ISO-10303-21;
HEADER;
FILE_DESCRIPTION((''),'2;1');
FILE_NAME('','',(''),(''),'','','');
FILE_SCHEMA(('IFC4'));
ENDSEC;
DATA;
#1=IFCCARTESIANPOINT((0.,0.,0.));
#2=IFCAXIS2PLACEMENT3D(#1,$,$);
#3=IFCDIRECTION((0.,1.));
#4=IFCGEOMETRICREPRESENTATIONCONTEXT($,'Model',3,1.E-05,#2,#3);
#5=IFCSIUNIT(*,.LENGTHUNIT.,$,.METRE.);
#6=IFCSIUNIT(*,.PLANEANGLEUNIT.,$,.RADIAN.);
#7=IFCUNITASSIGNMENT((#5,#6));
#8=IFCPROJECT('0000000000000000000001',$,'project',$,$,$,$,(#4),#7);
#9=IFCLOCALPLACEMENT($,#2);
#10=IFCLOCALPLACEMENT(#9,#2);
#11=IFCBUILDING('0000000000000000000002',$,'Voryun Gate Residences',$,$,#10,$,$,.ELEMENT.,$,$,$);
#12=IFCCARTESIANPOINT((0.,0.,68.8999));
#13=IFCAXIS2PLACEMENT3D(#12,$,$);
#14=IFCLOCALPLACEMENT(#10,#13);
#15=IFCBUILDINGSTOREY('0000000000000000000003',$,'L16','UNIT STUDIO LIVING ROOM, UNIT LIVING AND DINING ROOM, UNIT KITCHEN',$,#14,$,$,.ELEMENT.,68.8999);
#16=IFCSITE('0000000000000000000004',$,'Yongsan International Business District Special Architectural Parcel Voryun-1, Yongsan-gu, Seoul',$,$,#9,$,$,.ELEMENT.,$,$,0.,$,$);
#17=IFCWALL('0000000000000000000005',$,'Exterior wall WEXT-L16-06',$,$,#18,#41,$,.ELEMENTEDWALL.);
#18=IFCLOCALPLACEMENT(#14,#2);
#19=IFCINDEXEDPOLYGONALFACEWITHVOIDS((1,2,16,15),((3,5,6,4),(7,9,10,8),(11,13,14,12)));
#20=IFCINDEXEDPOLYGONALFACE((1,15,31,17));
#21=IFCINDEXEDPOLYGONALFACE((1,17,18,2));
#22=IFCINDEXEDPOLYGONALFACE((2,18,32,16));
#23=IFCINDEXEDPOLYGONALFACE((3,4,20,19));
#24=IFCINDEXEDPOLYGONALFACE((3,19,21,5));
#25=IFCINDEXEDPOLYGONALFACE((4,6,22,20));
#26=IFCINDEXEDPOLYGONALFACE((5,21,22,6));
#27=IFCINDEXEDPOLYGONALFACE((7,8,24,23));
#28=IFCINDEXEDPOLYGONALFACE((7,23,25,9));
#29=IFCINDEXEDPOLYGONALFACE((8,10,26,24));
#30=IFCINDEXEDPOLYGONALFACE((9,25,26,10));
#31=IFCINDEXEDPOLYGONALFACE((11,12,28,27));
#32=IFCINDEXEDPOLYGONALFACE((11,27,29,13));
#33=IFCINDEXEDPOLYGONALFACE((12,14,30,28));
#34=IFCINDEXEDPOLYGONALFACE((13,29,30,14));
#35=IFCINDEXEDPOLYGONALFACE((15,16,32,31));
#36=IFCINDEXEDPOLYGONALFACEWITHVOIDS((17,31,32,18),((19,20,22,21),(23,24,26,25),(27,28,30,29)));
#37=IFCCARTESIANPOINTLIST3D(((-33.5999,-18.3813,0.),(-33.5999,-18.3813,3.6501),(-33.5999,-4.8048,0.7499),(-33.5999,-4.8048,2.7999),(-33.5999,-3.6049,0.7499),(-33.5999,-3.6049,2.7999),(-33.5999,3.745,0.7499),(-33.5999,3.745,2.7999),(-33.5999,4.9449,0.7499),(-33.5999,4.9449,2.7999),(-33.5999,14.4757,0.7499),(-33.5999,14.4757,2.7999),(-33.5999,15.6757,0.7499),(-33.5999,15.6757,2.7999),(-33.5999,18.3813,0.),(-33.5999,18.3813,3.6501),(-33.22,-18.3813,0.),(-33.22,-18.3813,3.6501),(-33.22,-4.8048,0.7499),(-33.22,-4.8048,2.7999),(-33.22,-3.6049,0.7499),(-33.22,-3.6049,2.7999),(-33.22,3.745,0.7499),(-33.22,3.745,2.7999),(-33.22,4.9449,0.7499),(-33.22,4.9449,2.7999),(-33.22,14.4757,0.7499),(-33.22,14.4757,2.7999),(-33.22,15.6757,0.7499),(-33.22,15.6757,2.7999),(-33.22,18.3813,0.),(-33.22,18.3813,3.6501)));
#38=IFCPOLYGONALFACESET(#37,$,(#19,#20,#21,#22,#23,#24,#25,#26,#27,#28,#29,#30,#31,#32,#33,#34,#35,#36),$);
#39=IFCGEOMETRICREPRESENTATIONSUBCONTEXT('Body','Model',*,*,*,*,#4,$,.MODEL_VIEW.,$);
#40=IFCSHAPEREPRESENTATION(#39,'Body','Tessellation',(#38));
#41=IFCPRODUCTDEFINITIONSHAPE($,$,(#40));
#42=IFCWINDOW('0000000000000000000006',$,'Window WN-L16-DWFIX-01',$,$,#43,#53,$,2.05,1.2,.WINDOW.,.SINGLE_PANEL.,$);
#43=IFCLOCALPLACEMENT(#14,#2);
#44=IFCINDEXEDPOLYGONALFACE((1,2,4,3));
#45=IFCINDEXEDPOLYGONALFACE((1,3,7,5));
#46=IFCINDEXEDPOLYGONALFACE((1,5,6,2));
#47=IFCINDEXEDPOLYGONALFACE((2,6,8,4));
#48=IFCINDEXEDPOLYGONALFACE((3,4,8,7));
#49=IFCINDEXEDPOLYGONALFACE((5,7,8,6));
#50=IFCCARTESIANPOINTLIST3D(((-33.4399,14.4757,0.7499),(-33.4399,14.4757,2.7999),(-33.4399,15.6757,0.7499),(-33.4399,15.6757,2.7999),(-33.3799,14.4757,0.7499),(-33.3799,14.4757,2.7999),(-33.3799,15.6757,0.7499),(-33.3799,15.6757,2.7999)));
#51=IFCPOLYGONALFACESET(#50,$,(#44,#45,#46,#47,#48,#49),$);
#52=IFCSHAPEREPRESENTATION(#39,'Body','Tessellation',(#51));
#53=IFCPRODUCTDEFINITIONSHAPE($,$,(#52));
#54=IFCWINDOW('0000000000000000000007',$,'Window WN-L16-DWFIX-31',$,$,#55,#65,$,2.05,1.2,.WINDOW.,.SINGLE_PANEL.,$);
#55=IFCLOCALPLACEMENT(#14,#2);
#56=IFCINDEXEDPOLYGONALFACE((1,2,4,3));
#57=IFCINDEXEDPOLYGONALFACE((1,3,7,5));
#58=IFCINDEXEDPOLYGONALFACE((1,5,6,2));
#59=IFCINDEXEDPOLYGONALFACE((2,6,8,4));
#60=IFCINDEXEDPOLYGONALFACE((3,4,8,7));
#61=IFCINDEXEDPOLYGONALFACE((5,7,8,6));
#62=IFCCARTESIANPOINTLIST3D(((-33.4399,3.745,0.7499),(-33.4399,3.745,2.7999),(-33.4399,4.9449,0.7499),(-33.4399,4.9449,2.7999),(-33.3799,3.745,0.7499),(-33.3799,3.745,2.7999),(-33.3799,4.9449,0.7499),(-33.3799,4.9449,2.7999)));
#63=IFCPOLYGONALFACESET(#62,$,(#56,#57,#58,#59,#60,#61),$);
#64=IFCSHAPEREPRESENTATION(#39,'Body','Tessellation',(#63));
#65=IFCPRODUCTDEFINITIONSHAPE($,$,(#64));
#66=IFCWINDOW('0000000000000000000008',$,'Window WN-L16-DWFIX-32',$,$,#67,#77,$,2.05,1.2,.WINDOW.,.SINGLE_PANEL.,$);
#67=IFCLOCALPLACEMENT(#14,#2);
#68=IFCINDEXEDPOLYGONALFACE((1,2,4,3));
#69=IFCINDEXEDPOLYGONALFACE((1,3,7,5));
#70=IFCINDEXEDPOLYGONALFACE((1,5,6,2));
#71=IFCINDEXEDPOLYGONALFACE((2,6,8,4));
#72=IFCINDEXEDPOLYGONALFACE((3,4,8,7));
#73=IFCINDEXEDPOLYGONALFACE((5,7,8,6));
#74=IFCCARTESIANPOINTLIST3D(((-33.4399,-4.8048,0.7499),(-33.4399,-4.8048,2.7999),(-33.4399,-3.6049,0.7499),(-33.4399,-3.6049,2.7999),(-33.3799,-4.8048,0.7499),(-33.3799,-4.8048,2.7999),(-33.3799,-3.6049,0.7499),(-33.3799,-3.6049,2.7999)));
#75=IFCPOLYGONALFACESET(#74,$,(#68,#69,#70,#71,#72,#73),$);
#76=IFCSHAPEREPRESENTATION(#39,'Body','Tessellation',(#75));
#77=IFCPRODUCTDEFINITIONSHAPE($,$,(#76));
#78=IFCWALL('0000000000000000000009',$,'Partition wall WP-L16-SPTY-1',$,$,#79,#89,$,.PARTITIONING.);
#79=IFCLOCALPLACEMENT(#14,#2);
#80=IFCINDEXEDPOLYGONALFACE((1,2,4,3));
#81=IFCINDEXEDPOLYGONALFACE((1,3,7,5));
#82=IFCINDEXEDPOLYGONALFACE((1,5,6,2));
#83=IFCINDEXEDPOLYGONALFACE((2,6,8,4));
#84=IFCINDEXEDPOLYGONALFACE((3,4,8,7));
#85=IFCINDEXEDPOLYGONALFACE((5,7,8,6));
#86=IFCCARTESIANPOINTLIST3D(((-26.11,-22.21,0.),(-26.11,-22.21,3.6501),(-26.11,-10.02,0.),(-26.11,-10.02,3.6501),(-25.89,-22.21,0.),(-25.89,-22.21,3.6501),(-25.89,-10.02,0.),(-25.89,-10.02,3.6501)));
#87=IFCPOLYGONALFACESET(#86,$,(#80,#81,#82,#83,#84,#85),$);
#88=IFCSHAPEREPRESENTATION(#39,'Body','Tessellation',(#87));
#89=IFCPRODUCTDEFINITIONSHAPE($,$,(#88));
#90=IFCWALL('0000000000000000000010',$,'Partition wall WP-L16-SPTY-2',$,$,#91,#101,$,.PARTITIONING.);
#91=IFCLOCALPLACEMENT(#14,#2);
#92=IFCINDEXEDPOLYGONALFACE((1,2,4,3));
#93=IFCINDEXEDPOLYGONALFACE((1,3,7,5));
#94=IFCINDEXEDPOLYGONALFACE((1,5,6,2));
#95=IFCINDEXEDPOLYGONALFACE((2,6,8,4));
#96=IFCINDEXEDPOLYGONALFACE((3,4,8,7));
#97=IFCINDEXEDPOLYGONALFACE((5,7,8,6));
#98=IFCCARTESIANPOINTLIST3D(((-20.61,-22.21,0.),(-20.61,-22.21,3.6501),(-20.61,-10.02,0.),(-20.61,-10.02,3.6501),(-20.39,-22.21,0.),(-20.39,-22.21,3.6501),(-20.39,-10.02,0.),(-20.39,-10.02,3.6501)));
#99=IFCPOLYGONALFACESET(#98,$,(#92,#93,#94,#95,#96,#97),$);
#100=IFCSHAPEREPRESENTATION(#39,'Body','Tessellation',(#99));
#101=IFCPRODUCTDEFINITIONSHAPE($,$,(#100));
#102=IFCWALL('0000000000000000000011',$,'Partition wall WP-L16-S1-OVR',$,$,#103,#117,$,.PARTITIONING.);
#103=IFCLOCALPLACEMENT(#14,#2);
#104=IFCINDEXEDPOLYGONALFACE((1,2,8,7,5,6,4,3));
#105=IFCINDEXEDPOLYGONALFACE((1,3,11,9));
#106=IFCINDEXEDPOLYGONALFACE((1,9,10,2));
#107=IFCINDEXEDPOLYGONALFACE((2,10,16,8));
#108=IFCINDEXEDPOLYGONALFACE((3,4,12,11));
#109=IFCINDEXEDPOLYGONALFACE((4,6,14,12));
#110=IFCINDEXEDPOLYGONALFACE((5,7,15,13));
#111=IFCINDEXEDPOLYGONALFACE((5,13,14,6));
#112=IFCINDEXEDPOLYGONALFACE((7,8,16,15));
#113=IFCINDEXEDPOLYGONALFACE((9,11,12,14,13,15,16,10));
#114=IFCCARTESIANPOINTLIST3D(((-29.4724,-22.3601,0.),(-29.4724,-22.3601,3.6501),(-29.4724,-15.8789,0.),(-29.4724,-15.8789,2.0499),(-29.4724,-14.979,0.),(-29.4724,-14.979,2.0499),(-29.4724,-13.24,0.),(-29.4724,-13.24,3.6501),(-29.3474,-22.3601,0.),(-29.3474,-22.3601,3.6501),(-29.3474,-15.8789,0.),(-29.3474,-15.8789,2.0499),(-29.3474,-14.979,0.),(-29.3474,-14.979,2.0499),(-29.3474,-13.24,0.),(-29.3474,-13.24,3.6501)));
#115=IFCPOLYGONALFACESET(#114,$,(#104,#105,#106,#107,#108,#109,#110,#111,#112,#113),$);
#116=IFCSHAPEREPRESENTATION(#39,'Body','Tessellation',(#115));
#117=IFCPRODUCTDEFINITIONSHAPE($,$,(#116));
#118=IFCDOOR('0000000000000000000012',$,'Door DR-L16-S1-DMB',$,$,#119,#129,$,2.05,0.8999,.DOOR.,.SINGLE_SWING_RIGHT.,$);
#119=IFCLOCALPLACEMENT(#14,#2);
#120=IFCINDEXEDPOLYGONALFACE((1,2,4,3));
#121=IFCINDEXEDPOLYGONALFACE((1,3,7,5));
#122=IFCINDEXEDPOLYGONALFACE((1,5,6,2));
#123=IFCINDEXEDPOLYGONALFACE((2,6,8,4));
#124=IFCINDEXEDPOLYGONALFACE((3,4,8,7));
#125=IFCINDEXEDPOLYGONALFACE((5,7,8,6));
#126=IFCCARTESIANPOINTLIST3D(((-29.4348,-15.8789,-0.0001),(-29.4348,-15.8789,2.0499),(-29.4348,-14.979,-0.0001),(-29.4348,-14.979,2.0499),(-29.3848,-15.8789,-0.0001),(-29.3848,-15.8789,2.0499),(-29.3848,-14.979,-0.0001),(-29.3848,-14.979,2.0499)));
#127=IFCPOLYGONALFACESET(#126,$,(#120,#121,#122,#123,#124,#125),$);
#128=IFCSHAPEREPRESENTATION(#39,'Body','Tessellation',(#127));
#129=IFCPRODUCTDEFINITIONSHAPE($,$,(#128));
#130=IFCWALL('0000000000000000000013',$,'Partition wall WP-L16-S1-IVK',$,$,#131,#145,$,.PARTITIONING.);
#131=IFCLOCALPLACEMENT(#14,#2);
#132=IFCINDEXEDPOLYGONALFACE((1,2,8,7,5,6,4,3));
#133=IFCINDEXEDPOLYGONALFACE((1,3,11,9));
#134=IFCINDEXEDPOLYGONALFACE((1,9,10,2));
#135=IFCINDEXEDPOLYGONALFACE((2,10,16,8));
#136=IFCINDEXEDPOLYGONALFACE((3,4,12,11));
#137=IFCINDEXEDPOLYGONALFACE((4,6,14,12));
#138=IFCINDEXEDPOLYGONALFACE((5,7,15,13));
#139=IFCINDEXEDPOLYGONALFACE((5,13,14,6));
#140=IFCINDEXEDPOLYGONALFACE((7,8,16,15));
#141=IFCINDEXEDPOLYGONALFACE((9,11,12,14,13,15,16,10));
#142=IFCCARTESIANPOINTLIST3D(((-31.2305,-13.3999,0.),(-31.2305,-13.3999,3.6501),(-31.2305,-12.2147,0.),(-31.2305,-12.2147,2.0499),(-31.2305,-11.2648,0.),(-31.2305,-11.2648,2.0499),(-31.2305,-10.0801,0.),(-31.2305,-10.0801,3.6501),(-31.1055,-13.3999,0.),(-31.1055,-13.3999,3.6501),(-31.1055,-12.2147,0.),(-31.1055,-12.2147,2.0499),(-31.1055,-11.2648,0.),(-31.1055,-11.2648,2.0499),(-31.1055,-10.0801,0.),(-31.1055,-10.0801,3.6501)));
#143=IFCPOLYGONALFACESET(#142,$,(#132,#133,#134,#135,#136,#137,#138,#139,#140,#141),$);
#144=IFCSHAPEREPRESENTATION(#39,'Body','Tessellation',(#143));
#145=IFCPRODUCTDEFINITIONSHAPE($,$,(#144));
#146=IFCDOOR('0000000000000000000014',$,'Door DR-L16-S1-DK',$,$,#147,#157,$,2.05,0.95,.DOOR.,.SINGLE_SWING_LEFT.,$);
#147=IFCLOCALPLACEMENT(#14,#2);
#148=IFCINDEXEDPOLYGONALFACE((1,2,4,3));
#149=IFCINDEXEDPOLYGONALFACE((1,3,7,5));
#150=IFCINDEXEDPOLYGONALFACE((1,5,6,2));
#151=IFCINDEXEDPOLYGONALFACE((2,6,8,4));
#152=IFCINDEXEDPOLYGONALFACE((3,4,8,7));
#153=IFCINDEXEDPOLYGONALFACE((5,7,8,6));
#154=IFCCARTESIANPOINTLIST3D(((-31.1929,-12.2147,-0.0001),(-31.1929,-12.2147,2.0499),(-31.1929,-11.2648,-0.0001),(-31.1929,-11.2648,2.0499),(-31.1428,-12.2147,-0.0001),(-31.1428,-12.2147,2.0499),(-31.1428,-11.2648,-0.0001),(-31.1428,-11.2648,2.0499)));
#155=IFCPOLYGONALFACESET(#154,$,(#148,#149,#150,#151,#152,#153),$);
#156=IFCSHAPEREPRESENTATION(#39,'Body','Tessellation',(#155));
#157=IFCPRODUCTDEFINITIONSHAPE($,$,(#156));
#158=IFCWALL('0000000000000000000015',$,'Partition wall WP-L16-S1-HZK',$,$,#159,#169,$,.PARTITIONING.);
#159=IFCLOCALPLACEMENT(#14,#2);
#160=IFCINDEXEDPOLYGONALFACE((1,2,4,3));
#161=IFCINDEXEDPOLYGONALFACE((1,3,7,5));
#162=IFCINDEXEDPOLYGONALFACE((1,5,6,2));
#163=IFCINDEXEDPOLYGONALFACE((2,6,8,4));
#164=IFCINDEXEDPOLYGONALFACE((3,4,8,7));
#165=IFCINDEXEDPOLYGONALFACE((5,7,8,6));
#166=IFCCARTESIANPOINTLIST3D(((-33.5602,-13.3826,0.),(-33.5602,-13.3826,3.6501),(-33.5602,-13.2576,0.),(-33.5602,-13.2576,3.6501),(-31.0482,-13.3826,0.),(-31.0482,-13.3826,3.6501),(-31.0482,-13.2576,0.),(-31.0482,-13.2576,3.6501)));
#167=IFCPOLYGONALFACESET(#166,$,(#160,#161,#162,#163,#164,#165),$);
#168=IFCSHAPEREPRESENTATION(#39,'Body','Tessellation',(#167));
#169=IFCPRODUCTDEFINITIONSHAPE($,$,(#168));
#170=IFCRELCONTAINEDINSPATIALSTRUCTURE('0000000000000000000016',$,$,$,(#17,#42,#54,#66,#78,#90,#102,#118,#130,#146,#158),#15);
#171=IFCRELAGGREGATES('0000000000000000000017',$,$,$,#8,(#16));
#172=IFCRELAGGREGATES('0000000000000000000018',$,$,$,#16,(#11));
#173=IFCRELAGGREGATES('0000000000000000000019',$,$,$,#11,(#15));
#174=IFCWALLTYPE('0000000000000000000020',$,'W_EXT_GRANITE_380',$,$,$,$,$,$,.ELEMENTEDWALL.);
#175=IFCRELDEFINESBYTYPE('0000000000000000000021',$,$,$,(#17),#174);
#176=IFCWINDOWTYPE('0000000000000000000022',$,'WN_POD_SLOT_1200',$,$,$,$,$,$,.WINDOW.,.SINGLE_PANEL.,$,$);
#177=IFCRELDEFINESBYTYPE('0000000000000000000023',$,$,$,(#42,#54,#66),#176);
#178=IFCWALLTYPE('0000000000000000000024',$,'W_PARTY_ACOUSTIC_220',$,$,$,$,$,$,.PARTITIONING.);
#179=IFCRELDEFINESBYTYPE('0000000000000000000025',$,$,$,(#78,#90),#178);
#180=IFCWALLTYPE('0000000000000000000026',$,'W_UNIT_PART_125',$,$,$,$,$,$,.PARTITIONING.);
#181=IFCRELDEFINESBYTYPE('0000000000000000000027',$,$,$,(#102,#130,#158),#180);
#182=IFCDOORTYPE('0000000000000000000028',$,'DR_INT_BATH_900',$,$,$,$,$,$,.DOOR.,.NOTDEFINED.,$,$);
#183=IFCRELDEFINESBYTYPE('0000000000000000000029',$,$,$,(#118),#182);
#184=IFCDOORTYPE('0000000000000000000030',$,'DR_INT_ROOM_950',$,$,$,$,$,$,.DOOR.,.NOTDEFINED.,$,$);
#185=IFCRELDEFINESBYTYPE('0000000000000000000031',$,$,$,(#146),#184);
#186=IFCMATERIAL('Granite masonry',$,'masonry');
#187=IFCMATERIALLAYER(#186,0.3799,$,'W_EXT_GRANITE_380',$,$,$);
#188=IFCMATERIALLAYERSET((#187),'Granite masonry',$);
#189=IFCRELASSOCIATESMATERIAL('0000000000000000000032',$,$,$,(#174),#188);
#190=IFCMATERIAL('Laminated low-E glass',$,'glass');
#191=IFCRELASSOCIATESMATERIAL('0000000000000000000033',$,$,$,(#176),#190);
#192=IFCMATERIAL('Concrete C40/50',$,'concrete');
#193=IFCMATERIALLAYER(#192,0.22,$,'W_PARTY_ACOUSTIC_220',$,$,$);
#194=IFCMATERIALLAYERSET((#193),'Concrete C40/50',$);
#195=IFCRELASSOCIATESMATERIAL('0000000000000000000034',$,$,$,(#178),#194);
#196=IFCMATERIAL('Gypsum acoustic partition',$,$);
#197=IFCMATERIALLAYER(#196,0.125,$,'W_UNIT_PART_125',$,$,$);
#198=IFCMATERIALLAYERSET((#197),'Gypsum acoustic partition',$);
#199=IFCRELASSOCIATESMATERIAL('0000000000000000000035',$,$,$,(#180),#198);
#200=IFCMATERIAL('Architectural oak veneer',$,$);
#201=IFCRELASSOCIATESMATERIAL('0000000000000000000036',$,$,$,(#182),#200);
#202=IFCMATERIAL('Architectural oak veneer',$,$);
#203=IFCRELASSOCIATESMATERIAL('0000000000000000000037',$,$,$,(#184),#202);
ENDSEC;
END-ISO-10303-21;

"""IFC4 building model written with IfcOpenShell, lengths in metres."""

from ifc_helpers import new_model, si_unit, direction, frame, frame_2d, origin, place, context, subcontext, project, spatial, rectangle, extrude, material, layer, layer_set, type_object, element, fill, save


model = new_model("IFC4")

# Units and contexts
model_context = context("Model", 3, precision=1e-05, world=origin(), true_north=direction((0.0, 1.0)))
body_context = subcontext(model_context, "Body", "Model", "MODEL_VIEW")
ifc_project = project(units=[si_unit("LENGTHUNIT", "METRE"), si_unit("PLANEANGLEUNIT", "RADIAN")], contexts=[model_context])

# Site, building, storey
site_placement = place(None, origin())
site = spatial("IfcSite", under=ifc_project, at=site_placement, Name="Yongsan International Business District Special Architectural Parcel Voryun-1, Yongsan-gu, Seoul", CompositionType="ELEMENT", RefElevation=0.0)
building_placement = place(site_placement, origin())
building = spatial("IfcBuilding", under=site, at=building_placement, Name="Voryun Gate Residences", CompositionType="ELEMENT")
storey_placement = place(building_placement, frame((0.0, 0.0, 68.8999)))
storey = spatial("IfcBuildingStorey", under=building, at=storey_placement, Name="L16", Description="UNIT STUDIO LIVING ROOM, UNIT LIVING AND DINING ROOM, UNIT KITCHEN", CompositionType="ELEMENT", Elevation=68.8999)

# Shared definitions
ifc_material_1 = material(Name="Granite masonry", Category="masonry")
ifc_layer_1 = layer(ifc_material_1, 0.3799, Name="W_EXT_GRANITE_380")
ifc_layer_set_1 = layer_set([ifc_layer_1], Name="Granite masonry")
wall_type_1 = type_object("IfcWallType", Name="W_EXT_GRANITE_380", PredefinedType="ELEMENTEDWALL", material=ifc_layer_set_1)

# Shared definitions
ifc_material_2 = material(Name="Laminated low-E glass", Category="glass")
window_type = type_object("IfcWindowType", Name="WN_POD_SLOT_1200", PartitioningType="SINGLE_PANEL", PredefinedType="WINDOW", material=ifc_material_2)

# Wall, openings, windows
wall_1_placement = place(storey_placement, frame((-33.4099, -18.3813, 0.0), z_axis=(0.0, 0.0, 1.0), x_axis=(0.0, 1.0, 0.0)))
wall_1 = element("IfcWall", 1, at=wall_1_placement, inside=storey, type_object=wall_type_1, Name="Exterior wall WEXT-L16-06", PredefinedType="ELEMENTEDWALL", context=body_context, shape_type="SweptSolid", body=[
    extrude(rectangle(XDim=36.7627, YDim=0.3799, at=frame_2d((18.3813, 0.0))), origin(), (0.0, 0.0, 1.0), 3.6501),
])
opening_1_placement = place(wall_1_placement, frame((32.8569, 0.0, 0.75)))
opening_1 = element("IfcOpeningElement", 2, at=opening_1_placement, cuts=wall_1, PredefinedType="OPENING", context=body_context, shape_type="SweptSolid", body=[
    extrude(rectangle(XDim=1.2, YDim=2.05, at=frame_2d((0.6001, 1.0249))), frame((0.0, 0.2, 0.0), z_axis=(0.0, -1.0, 0.0), x_axis=(1.0, 0.0, 0.0)), (0.0, 0.0, 1.0), 0.3999),
])
opening_2_placement = place(wall_1_placement, frame((22.1262, 0.0, 0.75)))
opening_2 = element("IfcOpeningElement", 3, at=opening_2_placement, cuts=wall_1, PredefinedType="OPENING", context=body_context, shape_type="SweptSolid", body=[
    extrude(rectangle(XDim=1.2, YDim=2.05, at=frame_2d((0.6001, 1.0249))), frame((0.0, 0.2, 0.0), z_axis=(0.0, -1.0, 0.0), x_axis=(1.0, 0.0, 0.0)), (0.0, 0.0, 1.0), 0.3999),
])
opening_3_placement = place(wall_1_placement, frame((13.5764, 0.0, 0.75)))
opening_3 = element("IfcOpeningElement", 4, at=opening_3_placement, cuts=wall_1, PredefinedType="OPENING", context=body_context, shape_type="SweptSolid", body=[
    extrude(rectangle(XDim=1.2, YDim=2.05, at=frame_2d((0.6001, 1.0249))), frame((0.0, 0.2, 0.0), z_axis=(0.0, -1.0, 0.0), x_axis=(1.0, 0.0, 0.0)), (0.0, 0.0, 1.0), 0.3999),
])
window_1_placement = place(opening_1_placement, origin())
window_1 = element("IfcWindow", 5, at=window_1_placement, inside=storey, type_object=window_type, Name="Window WN-L16-DWFIX-01", OverallHeight=2.05, OverallWidth=1.2, PartitioningType="SINGLE_PANEL", PredefinedType="WINDOW", context=body_context, shape_type="SweptSolid", body=[
    extrude(rectangle(XDim=1.2, YDim=2.05, at=frame_2d((0.6001, 1.0249))), frame((0.0, 0.03, 0.0), z_axis=(0.0, -1.0, 0.0), x_axis=(1.0, 0.0, 0.0)), (0.0, 0.0, 1.0), 0.0601),
])
fill(opening_1, window_1)
window_2_placement = place(opening_2_placement, origin())
window_2 = element("IfcWindow", 6, at=window_2_placement, inside=storey, type_object=window_type, Name="Window WN-L16-DWFIX-31", OverallHeight=2.05, OverallWidth=1.2, PartitioningType="SINGLE_PANEL", PredefinedType="WINDOW", context=body_context, shape_type="SweptSolid", body=[
    extrude(rectangle(XDim=1.2, YDim=2.05, at=frame_2d((0.6001, 1.0249))), frame((0.0, 0.03, 0.0), z_axis=(0.0, -1.0, 0.0), x_axis=(1.0, 0.0, 0.0)), (0.0, 0.0, 1.0), 0.0601),
])
fill(opening_2, window_2)
window_3_placement = place(opening_3_placement, origin())
window_3 = element("IfcWindow", 7, at=window_3_placement, inside=storey, type_object=window_type, Name="Window WN-L16-DWFIX-32", OverallHeight=2.05, OverallWidth=1.2, PartitioningType="SINGLE_PANEL", PredefinedType="WINDOW", context=body_context, shape_type="SweptSolid", body=[
    extrude(rectangle(XDim=1.2, YDim=2.05, at=frame_2d((0.6001, 1.0249))), frame((0.0, 0.03, 0.0), z_axis=(0.0, -1.0, 0.0), x_axis=(1.0, 0.0, 0.0)), (0.0, 0.0, 1.0), 0.0601),
])
fill(opening_3, window_3)

# Walls
ifc_material_3 = material(Name="Concrete C40/50", Category="concrete")
ifc_layer_2 = layer(ifc_material_3, 0.22, Name="W_PARTY_ACOUSTIC_220")
ifc_layer_set_2 = layer_set([ifc_layer_2], Name="Concrete C40/50")
wall_type_2 = type_object("IfcWallType", Name="W_PARTY_ACOUSTIC_220", PredefinedType="PARTITIONING", material=ifc_layer_set_2)
for number, where, z_axis, x_axis, name in (
    (8, (-26.0, -22.21, 0.0), (0.0, 0.0, 1.0), (0.0, 1.0, 0.0), "Partition wall WP-L16-SPTY-1"),
    (9, (-20.5, -22.21, 0.0), (0.0, 0.0, 1.0), (0.0, 1.0, 0.0), "Partition wall WP-L16-SPTY-2"),
):
    element("IfcWall", number, at=place(storey_placement, frame(where, z_axis=z_axis, x_axis=x_axis)), inside=storey, type_object=wall_type_2, Name=name, PredefinedType="PARTITIONING", context=body_context, shape_type="SweptSolid", body=[
        extrude(rectangle(XDim=12.1899, YDim=0.22, at=frame_2d((6.095, 0.0))), origin(), (0.0, 0.0, 1.0), 3.6501),
    ])

# Walls, openings, doors
ifc_material_4 = material(Name="Gypsum acoustic partition")
ifc_layer_3 = layer(ifc_material_4, 0.125, Name="W_UNIT_PART_125")
ifc_layer_set_3 = layer_set([ifc_layer_3], Name="Gypsum acoustic partition")
wall_type_3 = type_object("IfcWallType", Name="W_UNIT_PART_125", PredefinedType="PARTITIONING", material=ifc_layer_set_3)
wall_2_placement = place(storey_placement, frame((-29.4099, -22.3601, 0.0), z_axis=(0.0, 0.0, 1.0), x_axis=(0.0, 1.0, 0.0)))
wall_2 = element("IfcWall", 10, at=wall_2_placement, inside=storey, type_object=wall_type_3, Name="Partition wall WP-L16-S1-OVR", PredefinedType="PARTITIONING", context=body_context, shape_type="SweptSolid", body=[
    extrude(rectangle(XDim=9.1201, YDim=0.125, at=frame_2d((4.5601, 0.0))), origin(), (0.0, 0.0, 1.0), 3.6501),
])
opening_4_placement = place(wall_2_placement, frame((6.4812, 0.0, 0.0)))
opening_4 = element("IfcOpeningElement", 11, at=opening_4_placement, cuts=wall_2, PredefinedType="OPENING", context=body_context, shape_type="SweptSolid", body=[
    extrude(rectangle(XDim=0.8999, YDim=2.05, at=frame_2d((0.45, 1.0249))), frame((0.0, 0.0725, 0.0), z_axis=(0.0, -1.0, 0.0), x_axis=(1.0, 0.0, 0.0)), (0.0, 0.0, 1.0), 0.145),
])
ifc_material_5 = material(Name="Architectural oak veneer")
door_type_1 = type_object("IfcDoorType", Name="DR_INT_BATH_900", OperationType="NOTDEFINED", PredefinedType="DOOR", material=ifc_material_5)
door_1_placement = place(opening_4_placement, origin())
door_1 = element("IfcDoor", 12, at=door_1_placement, inside=storey, type_object=door_type_1, Name="Door DR-L16-S1-DMB", OperationType="SINGLE_SWING_RIGHT", OverallHeight=2.05, OverallWidth=0.8999, PredefinedType="DOOR", context=body_context, shape_type="SweptSolid", body=[
    extrude(rectangle(XDim=0.8999, YDim=2.05, at=frame_2d((0.45, 1.0249))), frame((0.0, 0.0249, 0.0), z_axis=(0.0, -1.0, 0.0), x_axis=(1.0, 0.0, 0.0)), (0.0, 0.0, 1.0), 0.05),
])
fill(opening_4, door_1)
wall_3_placement = place(storey_placement, frame((-31.168, -13.3999, 0.0), z_axis=(0.0, 0.0, 1.0), x_axis=(0.0, 1.0, 0.0)))
wall_3 = element("IfcWall", 13, at=wall_3_placement, inside=storey, type_object=wall_type_3, Name="Partition wall WP-L16-S1-IVK", PredefinedType="PARTITIONING", context=body_context, shape_type="SweptSolid", body=[
    extrude(rectangle(XDim=3.3198, YDim=0.125, at=frame_2d((1.6599, 0.0))), origin(), (0.0, 0.0, 1.0), 3.6501),
])
opening_5_placement = place(wall_3_placement, frame((1.1851, 0.0, 0.0)))
opening_5 = element("IfcOpeningElement", 14, at=opening_5_placement, cuts=wall_3, PredefinedType="OPENING", context=body_context, shape_type="SweptSolid", body=[
    extrude(rectangle(XDim=0.95, YDim=2.05, at=frame_2d((0.4751, 1.0249))), frame((0.0, 0.0725, 0.0), z_axis=(0.0, -1.0, 0.0), x_axis=(1.0, 0.0, 0.0)), (0.0, 0.0, 1.0), 0.145),
])
ifc_material_6 = material(Name="Architectural oak veneer")
door_type_2 = type_object("IfcDoorType", Name="DR_INT_ROOM_950", OperationType="NOTDEFINED", PredefinedType="DOOR", material=ifc_material_6)
door_2_placement = place(opening_5_placement, origin())
door_2 = element("IfcDoor", 15, at=door_2_placement, inside=storey, type_object=door_type_2, Name="Door DR-L16-S1-DK", OperationType="SINGLE_SWING_LEFT", OverallHeight=2.05, OverallWidth=0.95, PredefinedType="DOOR", context=body_context, shape_type="SweptSolid", body=[
    extrude(rectangle(XDim=0.95, YDim=2.05, at=frame_2d((0.4751, 1.0249))), frame((0.0, 0.0249, 0.0), z_axis=(0.0, -1.0, 0.0), x_axis=(1.0, 0.0, 0.0)), (0.0, 0.0, 1.0), 0.05),
])
fill(opening_5, door_2)

# Wall
wall_4_placement = place(storey_placement, frame((-33.5601, -13.3201, 0.0), z_axis=(0.0, 0.0, 1.0), x_axis=(1.0, 0.0, 0.0)))
element("IfcWall", 16, at=wall_4_placement, inside=storey, type_object=wall_type_3, Name="Partition wall WP-L16-S1-HZK", PredefinedType="PARTITIONING", context=body_context, shape_type="SweptSolid", body=[
    extrude(rectangle(XDim=2.512, YDim=0.125, at=frame_2d((1.2559, 0.0))), origin(), (0.0, 0.0, 1.0), 3.6501),
])

save(model, "model.ifc")
